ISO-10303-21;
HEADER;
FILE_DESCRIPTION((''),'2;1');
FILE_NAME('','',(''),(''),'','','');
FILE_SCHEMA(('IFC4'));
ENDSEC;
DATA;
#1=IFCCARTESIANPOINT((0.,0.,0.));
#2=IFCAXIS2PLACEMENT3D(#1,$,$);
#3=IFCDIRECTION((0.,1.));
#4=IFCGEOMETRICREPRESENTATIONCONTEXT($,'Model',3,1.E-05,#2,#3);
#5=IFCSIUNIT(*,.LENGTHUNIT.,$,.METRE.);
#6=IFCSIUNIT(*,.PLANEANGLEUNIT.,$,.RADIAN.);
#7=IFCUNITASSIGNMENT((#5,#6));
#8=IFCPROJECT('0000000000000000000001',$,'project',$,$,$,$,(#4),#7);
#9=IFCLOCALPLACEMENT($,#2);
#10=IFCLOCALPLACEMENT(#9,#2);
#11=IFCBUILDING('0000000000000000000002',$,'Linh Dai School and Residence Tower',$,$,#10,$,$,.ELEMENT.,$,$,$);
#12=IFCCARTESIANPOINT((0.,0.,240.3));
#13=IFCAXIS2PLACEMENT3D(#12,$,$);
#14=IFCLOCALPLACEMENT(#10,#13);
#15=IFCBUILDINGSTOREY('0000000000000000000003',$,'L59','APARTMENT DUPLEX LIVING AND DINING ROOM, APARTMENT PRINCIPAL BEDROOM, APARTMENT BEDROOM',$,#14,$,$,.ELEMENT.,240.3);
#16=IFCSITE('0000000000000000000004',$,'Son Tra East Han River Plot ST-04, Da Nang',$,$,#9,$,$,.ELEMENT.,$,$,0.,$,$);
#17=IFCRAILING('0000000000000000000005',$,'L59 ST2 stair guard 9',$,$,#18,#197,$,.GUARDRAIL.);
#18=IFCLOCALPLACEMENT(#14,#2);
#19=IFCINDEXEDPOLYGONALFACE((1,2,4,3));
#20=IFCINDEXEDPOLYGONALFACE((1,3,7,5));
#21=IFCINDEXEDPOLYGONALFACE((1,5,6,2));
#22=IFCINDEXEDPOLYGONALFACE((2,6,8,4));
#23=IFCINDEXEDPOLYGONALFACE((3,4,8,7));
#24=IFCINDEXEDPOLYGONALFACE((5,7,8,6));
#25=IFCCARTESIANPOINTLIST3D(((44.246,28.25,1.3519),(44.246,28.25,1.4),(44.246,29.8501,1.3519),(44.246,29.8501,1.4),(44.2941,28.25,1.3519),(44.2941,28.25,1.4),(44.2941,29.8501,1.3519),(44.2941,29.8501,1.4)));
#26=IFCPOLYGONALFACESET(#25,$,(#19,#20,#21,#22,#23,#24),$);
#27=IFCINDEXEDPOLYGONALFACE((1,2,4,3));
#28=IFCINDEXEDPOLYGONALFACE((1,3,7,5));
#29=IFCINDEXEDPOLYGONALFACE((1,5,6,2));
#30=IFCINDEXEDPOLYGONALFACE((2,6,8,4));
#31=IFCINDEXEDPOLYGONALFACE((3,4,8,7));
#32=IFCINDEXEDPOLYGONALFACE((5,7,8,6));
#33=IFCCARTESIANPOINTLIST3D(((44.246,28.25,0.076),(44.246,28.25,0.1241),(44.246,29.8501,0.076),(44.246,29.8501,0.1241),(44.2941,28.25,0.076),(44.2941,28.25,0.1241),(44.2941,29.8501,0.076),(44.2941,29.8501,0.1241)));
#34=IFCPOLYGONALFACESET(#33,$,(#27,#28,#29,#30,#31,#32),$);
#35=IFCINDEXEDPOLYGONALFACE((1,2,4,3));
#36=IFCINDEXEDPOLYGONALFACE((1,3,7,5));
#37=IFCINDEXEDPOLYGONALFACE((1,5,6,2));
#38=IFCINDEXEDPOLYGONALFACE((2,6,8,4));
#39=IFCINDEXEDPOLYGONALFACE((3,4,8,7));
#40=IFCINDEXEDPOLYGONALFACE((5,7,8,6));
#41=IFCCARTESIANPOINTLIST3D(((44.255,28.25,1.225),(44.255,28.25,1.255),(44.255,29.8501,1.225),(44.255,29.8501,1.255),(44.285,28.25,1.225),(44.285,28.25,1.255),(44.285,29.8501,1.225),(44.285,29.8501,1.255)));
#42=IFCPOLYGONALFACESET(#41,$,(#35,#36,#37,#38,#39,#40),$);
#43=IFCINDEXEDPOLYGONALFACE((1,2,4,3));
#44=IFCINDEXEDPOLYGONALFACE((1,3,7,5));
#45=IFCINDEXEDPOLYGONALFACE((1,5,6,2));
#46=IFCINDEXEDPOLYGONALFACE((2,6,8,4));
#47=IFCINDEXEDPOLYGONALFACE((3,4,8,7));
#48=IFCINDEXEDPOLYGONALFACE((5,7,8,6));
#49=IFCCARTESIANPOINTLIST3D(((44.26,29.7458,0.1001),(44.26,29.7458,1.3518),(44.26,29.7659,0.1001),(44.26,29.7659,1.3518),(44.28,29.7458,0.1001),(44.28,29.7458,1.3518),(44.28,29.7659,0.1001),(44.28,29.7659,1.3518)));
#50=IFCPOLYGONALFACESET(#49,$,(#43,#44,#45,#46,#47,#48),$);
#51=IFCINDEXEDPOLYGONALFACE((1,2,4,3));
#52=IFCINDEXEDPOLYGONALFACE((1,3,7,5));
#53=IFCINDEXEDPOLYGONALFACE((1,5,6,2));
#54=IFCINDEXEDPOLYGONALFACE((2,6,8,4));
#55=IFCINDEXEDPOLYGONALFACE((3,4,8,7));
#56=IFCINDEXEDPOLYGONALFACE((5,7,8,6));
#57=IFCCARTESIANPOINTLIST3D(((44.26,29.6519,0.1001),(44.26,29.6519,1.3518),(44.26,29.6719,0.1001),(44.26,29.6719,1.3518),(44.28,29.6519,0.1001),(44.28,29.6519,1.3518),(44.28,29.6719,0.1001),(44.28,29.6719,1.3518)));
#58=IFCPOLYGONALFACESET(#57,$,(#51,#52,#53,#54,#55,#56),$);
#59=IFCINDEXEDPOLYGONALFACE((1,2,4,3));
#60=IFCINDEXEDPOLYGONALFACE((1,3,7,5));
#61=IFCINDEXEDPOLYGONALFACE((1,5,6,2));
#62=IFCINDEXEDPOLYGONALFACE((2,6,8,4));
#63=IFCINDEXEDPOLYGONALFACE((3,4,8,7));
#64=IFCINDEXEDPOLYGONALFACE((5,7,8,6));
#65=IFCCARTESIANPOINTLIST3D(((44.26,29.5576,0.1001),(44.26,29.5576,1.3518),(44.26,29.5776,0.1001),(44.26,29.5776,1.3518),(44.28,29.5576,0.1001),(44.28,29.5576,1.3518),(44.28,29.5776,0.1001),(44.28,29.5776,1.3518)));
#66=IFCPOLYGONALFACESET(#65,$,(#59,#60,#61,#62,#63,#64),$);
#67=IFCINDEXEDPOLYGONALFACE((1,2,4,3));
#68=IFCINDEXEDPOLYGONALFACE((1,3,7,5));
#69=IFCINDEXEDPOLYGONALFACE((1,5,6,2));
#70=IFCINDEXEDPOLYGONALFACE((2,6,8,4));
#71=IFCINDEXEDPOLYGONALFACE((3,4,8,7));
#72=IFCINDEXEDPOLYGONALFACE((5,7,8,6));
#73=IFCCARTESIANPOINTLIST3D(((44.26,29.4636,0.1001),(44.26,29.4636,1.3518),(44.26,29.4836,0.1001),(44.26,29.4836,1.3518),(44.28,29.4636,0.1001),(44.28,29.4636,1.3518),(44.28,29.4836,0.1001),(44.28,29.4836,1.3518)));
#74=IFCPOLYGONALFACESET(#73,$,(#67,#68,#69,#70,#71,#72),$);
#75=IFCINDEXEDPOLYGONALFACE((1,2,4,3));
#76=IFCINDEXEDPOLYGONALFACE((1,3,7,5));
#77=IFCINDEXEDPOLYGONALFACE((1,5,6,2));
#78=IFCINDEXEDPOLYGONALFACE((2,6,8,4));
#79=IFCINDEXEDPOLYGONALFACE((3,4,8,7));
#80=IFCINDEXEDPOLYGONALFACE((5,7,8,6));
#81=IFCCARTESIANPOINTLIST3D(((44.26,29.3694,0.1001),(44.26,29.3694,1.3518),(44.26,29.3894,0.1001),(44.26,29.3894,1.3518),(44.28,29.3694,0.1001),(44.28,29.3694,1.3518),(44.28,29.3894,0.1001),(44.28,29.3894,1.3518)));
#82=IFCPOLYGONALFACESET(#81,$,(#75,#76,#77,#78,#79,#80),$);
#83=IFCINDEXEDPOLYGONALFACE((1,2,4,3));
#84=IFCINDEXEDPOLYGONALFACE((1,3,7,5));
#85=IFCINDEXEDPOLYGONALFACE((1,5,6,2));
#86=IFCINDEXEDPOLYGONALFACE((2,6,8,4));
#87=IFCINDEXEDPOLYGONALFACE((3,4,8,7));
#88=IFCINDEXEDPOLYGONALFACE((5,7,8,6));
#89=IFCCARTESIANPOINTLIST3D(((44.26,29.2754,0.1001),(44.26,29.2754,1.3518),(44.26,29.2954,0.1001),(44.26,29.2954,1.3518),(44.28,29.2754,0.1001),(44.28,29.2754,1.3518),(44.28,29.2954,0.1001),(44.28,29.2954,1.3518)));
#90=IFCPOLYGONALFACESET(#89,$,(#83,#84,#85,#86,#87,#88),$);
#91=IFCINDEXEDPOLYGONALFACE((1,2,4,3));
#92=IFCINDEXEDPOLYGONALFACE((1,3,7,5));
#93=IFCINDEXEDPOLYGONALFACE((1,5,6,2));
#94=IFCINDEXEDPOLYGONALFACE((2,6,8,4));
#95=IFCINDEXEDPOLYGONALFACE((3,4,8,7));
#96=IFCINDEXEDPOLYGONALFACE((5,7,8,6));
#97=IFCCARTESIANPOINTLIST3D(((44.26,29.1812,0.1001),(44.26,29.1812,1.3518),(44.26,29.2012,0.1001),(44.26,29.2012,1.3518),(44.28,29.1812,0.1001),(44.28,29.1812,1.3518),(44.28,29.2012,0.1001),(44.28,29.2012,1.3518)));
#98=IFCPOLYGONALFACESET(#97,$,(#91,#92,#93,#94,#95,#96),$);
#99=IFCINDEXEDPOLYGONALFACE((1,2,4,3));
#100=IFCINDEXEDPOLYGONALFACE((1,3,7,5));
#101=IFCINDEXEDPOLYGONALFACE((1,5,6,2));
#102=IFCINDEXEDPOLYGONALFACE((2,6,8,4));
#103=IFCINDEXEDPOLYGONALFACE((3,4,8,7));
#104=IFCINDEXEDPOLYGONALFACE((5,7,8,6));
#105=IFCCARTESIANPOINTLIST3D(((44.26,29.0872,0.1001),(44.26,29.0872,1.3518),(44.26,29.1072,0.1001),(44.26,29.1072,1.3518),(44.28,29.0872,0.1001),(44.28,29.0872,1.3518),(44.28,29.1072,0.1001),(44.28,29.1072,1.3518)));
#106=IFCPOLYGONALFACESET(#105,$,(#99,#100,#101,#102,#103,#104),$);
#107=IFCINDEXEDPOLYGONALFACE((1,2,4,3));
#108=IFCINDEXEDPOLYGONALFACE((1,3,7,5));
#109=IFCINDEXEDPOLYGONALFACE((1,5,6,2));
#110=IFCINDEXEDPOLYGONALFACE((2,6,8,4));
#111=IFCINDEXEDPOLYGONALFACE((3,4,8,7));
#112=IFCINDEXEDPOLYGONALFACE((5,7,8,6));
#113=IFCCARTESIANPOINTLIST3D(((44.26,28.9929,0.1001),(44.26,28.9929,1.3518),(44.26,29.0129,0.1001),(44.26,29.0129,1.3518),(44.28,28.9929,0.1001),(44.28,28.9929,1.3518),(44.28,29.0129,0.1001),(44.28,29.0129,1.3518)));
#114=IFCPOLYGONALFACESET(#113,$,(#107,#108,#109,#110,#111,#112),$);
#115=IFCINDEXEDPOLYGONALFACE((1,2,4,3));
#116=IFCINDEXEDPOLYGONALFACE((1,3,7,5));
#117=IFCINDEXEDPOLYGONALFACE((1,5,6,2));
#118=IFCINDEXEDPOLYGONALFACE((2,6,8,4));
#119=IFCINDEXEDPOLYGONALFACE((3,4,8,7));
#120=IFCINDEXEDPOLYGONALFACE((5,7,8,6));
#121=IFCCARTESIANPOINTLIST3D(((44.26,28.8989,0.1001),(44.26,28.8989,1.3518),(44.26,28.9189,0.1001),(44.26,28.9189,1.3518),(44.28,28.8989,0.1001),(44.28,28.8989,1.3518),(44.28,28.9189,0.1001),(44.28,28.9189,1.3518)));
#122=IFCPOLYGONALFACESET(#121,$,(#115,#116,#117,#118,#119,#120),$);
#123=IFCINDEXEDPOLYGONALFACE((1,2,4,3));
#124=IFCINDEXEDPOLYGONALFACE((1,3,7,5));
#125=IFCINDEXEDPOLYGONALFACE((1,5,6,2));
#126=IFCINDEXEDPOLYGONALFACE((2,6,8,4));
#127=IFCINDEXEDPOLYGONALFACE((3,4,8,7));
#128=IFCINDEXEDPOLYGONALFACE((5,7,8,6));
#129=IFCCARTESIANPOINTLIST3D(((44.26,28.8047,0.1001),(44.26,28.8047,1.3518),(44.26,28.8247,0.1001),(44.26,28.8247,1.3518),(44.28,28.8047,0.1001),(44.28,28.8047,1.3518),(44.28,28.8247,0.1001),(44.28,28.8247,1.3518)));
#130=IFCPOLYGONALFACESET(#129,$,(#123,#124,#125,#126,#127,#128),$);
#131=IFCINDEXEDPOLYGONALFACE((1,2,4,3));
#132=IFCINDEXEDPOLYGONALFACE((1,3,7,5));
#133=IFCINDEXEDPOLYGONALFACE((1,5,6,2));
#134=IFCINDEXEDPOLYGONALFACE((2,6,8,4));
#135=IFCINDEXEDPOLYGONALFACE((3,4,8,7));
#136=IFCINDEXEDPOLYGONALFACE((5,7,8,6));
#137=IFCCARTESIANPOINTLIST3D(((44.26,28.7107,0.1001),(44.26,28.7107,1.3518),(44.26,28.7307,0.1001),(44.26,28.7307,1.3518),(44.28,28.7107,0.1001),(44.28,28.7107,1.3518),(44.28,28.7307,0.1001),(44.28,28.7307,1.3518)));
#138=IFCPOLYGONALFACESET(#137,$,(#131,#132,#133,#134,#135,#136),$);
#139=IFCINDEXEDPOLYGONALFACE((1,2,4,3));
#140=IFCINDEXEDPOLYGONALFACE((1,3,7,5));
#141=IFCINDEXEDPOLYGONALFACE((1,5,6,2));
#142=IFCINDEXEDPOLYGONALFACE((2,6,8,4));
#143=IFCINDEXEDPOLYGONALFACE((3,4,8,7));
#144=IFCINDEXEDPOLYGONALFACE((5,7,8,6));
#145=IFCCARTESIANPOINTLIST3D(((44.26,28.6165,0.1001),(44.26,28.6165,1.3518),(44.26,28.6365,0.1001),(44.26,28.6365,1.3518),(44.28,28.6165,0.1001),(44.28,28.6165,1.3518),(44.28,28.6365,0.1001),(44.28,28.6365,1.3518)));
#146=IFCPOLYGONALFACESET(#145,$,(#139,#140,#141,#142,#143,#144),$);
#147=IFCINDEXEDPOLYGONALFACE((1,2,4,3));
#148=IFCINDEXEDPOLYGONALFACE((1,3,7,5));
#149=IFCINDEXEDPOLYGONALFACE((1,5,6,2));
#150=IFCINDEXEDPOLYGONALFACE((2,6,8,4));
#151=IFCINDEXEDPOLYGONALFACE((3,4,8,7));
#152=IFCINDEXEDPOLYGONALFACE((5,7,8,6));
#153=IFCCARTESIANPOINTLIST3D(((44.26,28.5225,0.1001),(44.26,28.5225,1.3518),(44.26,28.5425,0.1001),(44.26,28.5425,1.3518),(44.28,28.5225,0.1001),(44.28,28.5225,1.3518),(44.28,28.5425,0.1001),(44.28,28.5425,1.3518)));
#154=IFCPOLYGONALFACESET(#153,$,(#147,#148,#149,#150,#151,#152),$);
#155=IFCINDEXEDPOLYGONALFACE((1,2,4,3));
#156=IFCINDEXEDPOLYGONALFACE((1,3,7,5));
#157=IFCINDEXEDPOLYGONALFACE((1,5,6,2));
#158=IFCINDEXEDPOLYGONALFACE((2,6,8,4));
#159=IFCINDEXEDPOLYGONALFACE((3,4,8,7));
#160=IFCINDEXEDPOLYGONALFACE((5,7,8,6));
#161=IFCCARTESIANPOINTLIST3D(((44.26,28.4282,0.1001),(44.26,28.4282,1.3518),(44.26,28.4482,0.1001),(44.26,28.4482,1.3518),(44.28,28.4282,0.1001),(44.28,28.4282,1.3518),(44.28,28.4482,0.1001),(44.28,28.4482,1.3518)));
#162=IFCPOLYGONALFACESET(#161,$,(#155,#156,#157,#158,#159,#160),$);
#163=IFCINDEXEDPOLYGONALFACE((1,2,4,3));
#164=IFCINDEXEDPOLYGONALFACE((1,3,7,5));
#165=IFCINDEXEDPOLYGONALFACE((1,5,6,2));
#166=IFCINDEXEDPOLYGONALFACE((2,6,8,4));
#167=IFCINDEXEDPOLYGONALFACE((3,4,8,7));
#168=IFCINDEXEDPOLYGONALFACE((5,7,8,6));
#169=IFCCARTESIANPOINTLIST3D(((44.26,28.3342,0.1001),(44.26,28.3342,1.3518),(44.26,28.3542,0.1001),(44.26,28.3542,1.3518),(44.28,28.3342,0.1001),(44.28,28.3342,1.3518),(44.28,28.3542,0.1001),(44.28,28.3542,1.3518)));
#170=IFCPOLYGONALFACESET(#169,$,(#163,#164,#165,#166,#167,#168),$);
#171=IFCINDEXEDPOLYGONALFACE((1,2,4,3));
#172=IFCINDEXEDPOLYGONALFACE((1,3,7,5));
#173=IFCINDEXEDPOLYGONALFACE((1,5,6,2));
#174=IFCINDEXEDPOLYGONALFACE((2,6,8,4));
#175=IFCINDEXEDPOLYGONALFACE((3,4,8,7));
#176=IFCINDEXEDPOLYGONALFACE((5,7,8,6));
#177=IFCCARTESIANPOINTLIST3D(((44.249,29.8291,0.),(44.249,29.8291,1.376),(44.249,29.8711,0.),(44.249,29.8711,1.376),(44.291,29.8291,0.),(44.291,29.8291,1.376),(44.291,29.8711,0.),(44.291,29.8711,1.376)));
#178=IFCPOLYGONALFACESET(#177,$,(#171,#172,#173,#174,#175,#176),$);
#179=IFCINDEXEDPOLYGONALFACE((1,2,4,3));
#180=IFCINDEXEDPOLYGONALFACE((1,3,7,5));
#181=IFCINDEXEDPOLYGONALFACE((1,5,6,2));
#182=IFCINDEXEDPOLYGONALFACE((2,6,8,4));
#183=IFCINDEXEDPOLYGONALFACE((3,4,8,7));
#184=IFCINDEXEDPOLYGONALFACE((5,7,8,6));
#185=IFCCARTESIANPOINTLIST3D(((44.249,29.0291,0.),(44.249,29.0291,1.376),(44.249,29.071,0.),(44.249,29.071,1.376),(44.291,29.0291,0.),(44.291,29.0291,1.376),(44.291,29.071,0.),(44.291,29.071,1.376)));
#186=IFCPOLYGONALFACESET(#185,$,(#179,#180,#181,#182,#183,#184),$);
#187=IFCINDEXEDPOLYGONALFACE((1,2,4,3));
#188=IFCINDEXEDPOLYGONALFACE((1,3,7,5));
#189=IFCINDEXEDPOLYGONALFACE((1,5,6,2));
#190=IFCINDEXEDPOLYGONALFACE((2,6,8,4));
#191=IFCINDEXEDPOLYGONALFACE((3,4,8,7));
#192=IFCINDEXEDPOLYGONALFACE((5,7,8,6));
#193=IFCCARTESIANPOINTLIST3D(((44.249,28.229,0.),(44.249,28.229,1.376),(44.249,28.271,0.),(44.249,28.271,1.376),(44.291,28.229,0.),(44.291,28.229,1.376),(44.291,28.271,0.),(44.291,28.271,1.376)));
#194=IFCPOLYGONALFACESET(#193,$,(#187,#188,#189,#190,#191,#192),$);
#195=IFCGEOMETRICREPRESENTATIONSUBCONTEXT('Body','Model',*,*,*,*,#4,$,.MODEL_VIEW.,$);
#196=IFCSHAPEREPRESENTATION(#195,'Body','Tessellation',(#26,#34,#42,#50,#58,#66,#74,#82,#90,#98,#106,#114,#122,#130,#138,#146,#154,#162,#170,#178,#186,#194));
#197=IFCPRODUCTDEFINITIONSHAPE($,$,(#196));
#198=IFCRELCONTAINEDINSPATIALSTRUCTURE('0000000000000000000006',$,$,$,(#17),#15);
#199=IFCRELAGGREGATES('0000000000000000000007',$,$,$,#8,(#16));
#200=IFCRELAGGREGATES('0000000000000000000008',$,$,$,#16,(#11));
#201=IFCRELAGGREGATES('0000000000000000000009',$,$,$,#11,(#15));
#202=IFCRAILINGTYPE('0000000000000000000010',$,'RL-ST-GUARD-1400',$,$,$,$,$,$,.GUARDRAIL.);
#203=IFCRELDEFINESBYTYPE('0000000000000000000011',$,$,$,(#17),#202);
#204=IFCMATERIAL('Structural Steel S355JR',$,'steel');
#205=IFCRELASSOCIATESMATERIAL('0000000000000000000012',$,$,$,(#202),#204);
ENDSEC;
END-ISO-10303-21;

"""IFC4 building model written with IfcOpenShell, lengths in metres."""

from ifc_helpers import new_model, si_unit, direction, frame, origin, origin_2d, place, context, subcontext, project, spatial, rectangle, extrude, source, transform, mapped, material, type_object, element, save


model = new_model("IFC4")

# Units and contexts
model_context = context("Model", 3, precision=1e-05, world=origin(), true_north=direction((0.0, 1.0)))
body_context = subcontext(model_context, "Body", "Model", "MODEL_VIEW")
ifc_project = project(units=[si_unit("LENGTHUNIT", "METRE"), si_unit("PLANEANGLEUNIT", "RADIAN")], contexts=[model_context])

# Site, building, storey
site_placement = place(None, origin())
site = spatial("IfcSite", under=ifc_project, at=site_placement, Name="Son Tra East Han River Plot ST-04, Da Nang", CompositionType="ELEMENT", RefElevation=0.0)
building_placement = place(site_placement, origin())
building = spatial("IfcBuilding", under=site, at=building_placement, Name="Linh Dai School and Residence Tower", CompositionType="ELEMENT")
storey_placement = place(building_placement, frame((0.0, 0.0, 240.3)))
storey = spatial("IfcBuildingStorey", under=building, at=storey_placement, Name="L59", Description="APARTMENT DUPLEX LIVING AND DINING ROOM, APARTMENT PRINCIPAL BEDROOM, APARTMENT BEDROOM", CompositionType="ELEMENT", Elevation=240.3)

# Shared definitions
ifc_material_1 = material(Name="Structural Steel S355JR", Category="steel")

# Railing
railing_type_1 = type_object("IfcRailingType", Name="RL-ST-GUARD-1400", PredefinedType="GUARDRAIL", material=ifc_material_1)
shared_shape_1 = source(origin(), body_context, "Body", "SweptSolid", [
    extrude(rectangle(XDim=0.0481, YDim=0.0481, at=origin_2d()), frame((0.0, 0.0, 1.376), z_axis=(0.0, -1.0, 0.0), x_axis=(1.0, 0.0, 0.0)), (0.0, 0.0, 1.0), 1.6001),
    extrude(rectangle(XDim=0.0481, YDim=0.0481, at=origin_2d()), frame((0.0, 0.0, 0.1001), z_axis=(0.0, -1.0, 0.0), x_axis=(1.0, 0.0, 0.0)), (0.0, 0.0, 1.0), 1.6001),
    extrude(rectangle(XDim=0.03, YDim=0.03, at=origin_2d()), frame((0.0, 0.0, 1.24), z_axis=(0.0, -1.0, 0.0), x_axis=(1.0, 0.0, 0.0)), (0.0, 0.0, 1.0), 1.6001),
    extrude(rectangle(XDim=0.02, YDim=0.02, at=origin_2d()), frame((0.0, -0.0942, 0.1001)), (0.0, 0.0, 1.0), 1.2517),
    extrude(rectangle(XDim=0.02, YDim=0.02, at=origin_2d()), frame((0.0, -0.1882, 0.1001)), (0.0, 0.0, 1.0), 1.2517),
    extrude(rectangle(XDim=0.02, YDim=0.02, at=origin_2d()), frame((0.0, -0.2825, 0.1001)), (0.0, 0.0, 1.0), 1.2517),
    extrude(rectangle(XDim=0.02, YDim=0.02, at=origin_2d()), frame((0.0, -0.3765, 0.1001)), (0.0, 0.0, 1.0), 1.2517),
    extrude(rectangle(XDim=0.02, YDim=0.02, at=origin_2d()), frame((0.0, -0.4707, 0.1001)), (0.0, 0.0, 1.0), 1.2517),
    extrude(rectangle(XDim=0.02, YDim=0.02, at=origin_2d()), frame((0.0, -0.5647, 0.1001)), (0.0, 0.0, 1.0), 1.2517),
    extrude(rectangle(XDim=0.02, YDim=0.02, at=origin_2d()), frame((0.0, -0.6589, 0.1001)), (0.0, 0.0, 1.0), 1.2517),
    extrude(rectangle(XDim=0.02, YDim=0.02, at=origin_2d()), frame((0.0, -0.7529, 0.1001)), (0.0, 0.0, 1.0), 1.2517),
    extrude(rectangle(XDim=0.02, YDim=0.02, at=origin_2d()), frame((0.0, -0.8472, 0.1001)), (0.0, 0.0, 1.0), 1.2517),
    extrude(rectangle(XDim=0.02, YDim=0.02, at=origin_2d()), frame((0.0, -0.9412, 0.1001)), (0.0, 0.0, 1.0), 1.2517),
    extrude(rectangle(XDim=0.02, YDim=0.02, at=origin_2d()), frame((0.0, -1.0354, 0.1001)), (0.0, 0.0, 1.0), 1.2517),
    extrude(rectangle(XDim=0.02, YDim=0.02, at=origin_2d()), frame((0.0, -1.1294, 0.1001)), (0.0, 0.0, 1.0), 1.2517),
    extrude(rectangle(XDim=0.02, YDim=0.02, at=origin_2d()), frame((0.0, -1.2236, 0.1001)), (0.0, 0.0, 1.0), 1.2517),
    extrude(rectangle(XDim=0.02, YDim=0.02, at=origin_2d()), frame((0.0, -1.3176, 0.1001)), (0.0, 0.0, 1.0), 1.2517),
    extrude(rectangle(XDim=0.02, YDim=0.02, at=origin_2d()), frame((0.0, -1.4119, 0.1001)), (0.0, 0.0, 1.0), 1.2517),
    extrude(rectangle(XDim=0.02, YDim=0.02, at=origin_2d()), frame((0.0, -1.5059, 0.1001)), (0.0, 0.0, 1.0), 1.2517),
    extrude(rectangle(XDim=0.042, YDim=0.042, at=origin_2d()), origin(), (0.0, 0.0, 1.0), 1.376),
    extrude(rectangle(XDim=0.042, YDim=0.042, at=origin_2d()), frame((0.0, -0.8, 0.0)), (0.0, 0.0, 1.0), 1.376),
    extrude(rectangle(XDim=0.042, YDim=0.042, at=origin_2d()), frame((0.0, -1.6001, 0.0)), (0.0, 0.0, 1.0), 1.376),
])
for number, where, name in (
    (1, (44.27, 29.8501, 0.0), "L59 ST2 stair guard 9"),
):
    element("IfcRailing", number, at=place(storey_placement, frame(where)), inside=storey, type_object=railing_type_1, Name=name, PredefinedType="GUARDRAIL", context=body_context, shape_type="MappedRepresentation", body=[
        mapped(shared_shape_1, transform((0.0, 0.0, 0.0), x_axis=(1.0, 0.0, 0.0), y_axis=(0.0, 1.0, 0.0), z_axis=(0.0, 0.0, 1.0), scale=1.0)),
    ])

save(model, "model.ifc")
